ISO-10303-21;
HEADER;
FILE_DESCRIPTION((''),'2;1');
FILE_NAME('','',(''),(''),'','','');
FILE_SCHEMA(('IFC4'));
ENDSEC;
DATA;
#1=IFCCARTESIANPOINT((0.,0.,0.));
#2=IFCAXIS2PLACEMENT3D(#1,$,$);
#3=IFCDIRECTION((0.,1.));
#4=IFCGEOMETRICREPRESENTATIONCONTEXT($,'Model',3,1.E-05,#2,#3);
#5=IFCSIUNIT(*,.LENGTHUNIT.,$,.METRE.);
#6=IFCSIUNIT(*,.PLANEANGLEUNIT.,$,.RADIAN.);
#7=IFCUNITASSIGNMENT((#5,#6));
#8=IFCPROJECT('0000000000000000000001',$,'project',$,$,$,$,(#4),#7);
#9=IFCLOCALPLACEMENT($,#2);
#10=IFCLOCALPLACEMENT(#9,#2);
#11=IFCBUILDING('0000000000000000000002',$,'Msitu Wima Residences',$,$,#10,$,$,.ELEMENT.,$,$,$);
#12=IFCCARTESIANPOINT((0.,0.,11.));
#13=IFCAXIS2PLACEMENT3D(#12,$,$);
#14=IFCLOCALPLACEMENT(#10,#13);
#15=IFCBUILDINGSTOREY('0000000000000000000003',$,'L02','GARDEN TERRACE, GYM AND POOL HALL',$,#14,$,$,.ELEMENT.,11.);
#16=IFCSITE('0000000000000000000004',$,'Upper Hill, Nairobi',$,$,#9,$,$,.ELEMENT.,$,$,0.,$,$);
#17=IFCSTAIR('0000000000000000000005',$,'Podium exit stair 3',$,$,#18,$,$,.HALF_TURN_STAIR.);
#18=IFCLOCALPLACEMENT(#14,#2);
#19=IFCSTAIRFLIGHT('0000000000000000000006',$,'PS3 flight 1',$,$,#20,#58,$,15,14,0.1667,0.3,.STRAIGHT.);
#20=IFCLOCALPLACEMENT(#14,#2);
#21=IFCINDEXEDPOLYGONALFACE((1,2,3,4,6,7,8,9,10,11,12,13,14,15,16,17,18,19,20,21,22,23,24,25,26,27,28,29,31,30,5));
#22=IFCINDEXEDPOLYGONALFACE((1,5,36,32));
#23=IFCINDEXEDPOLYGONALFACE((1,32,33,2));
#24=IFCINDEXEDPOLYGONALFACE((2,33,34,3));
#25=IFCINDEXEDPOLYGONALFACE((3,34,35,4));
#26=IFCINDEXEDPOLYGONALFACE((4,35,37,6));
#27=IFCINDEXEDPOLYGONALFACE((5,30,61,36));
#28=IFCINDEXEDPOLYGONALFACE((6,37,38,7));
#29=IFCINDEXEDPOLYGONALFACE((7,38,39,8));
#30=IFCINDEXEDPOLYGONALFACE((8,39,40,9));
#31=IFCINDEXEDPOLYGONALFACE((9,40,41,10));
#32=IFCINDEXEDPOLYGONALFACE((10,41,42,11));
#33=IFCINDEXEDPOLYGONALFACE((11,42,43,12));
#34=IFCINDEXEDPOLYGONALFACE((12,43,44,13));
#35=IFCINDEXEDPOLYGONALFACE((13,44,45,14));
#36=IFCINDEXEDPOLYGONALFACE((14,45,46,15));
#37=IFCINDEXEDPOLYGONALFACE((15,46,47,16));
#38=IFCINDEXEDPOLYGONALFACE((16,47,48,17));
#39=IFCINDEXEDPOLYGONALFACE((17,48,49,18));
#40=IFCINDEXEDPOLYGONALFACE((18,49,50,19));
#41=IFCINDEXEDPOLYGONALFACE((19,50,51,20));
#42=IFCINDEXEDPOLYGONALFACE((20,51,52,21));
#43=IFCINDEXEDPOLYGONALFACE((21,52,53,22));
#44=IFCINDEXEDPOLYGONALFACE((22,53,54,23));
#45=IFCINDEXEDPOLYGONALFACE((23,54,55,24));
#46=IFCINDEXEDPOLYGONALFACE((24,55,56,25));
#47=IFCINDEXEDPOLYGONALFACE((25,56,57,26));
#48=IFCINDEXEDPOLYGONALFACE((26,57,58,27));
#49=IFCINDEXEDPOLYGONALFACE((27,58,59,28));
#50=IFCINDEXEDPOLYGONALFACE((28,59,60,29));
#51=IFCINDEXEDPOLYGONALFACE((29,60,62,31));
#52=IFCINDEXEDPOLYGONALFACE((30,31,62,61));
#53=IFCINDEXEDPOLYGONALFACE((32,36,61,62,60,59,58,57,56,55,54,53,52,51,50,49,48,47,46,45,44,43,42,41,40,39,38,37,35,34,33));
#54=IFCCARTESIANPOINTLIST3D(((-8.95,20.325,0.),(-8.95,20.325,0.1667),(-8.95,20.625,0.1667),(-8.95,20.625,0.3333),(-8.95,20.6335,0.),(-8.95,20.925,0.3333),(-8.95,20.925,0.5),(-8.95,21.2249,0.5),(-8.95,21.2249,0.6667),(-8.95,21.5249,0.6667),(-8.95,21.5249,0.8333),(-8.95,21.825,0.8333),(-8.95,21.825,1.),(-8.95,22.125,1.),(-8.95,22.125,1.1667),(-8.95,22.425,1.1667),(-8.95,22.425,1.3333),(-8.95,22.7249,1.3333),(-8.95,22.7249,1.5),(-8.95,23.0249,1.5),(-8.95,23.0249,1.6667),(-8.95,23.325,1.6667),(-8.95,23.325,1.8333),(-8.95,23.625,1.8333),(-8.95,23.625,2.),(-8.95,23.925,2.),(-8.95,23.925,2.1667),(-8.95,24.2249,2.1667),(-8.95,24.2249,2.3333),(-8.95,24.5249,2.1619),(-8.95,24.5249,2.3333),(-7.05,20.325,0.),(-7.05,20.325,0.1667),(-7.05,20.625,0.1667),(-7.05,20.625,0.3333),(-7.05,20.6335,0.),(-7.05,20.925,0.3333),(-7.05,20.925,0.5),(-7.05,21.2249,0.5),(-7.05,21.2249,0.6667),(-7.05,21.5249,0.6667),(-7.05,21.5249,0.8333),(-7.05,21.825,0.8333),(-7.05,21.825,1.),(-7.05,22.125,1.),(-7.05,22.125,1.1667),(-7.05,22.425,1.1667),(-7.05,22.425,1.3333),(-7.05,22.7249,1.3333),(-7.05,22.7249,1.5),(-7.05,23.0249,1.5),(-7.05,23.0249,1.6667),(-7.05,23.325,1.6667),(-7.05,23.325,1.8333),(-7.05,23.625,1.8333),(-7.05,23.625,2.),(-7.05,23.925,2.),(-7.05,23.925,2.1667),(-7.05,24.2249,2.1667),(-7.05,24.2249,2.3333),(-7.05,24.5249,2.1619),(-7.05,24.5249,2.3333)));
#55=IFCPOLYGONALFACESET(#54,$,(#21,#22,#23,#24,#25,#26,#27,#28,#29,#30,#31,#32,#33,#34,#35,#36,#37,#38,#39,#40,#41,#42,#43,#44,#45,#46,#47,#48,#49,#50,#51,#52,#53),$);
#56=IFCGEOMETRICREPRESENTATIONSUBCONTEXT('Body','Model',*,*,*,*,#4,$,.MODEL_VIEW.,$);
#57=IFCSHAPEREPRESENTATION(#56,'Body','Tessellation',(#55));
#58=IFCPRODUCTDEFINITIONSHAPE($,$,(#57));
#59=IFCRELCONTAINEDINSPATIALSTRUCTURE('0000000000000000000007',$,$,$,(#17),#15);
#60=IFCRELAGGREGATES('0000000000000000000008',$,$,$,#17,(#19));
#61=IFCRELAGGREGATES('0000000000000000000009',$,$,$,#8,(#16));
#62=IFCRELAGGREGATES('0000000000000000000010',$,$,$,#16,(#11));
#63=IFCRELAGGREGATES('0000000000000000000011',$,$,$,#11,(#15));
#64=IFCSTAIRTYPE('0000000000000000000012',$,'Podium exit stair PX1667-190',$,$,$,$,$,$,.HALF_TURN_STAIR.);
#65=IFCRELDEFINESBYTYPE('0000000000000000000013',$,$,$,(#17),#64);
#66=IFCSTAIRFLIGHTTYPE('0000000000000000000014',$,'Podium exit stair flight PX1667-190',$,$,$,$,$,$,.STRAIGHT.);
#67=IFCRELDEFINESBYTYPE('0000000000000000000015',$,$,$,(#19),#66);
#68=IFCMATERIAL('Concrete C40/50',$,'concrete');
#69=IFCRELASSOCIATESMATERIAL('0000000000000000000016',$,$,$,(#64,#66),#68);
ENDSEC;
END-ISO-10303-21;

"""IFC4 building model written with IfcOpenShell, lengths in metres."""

from ifc_helpers import new_model, si_unit, direction, frame, origin, place, context, subcontext, project, spatial, polyline, outline, extrude, material, type_object, element, aggregate, save


model = new_model("IFC4")

# Units and contexts
model_context = context("Model", 3, precision=1e-05, world=origin(), true_north=direction((0.0, 1.0)))
body_context = subcontext(model_context, "Body", "Model", "MODEL_VIEW")
ifc_project = project(units=[si_unit("LENGTHUNIT", "METRE"), si_unit("PLANEANGLEUNIT", "RADIAN")], contexts=[model_context])

# Site, building, storey
site_placement = place(None, origin())
site = spatial("IfcSite", under=ifc_project, at=site_placement, Name="Upper Hill, Nairobi", CompositionType="ELEMENT", RefElevation=0.0)
building_placement = place(site_placement, origin())
building = spatial("IfcBuilding", under=site, at=building_placement, Name="Msitu Wima Residences", CompositionType="ELEMENT")
storey_placement = place(building_placement, frame((0.0, 0.0, 11.0)))
storey = spatial("IfcBuildingStorey", under=building, at=storey_placement, Name="L02", Description="GARDEN TERRACE, GYM AND POOL HALL", CompositionType="ELEMENT", Elevation=11.0)

# Shared definitions
ifc_material_1 = material(Name="Concrete C40/50", Category="concrete")

# Stair, stair flight
stair_type = type_object("IfcStairType", Name="Podium exit stair PX1667-190", PredefinedType="HALF_TURN_STAIR", material=ifc_material_1)
stair_placement = place(storey_placement, origin())
stair = element("IfcStair", 1, at=stair_placement, inside=storey, type_object=stair_type, Name="Podium exit stair 3", PredefinedType="HALF_TURN_STAIR")
stair_flight_type = type_object("IfcStairFlightType", Name="Podium exit stair flight PX1667-190", PredefinedType="STRAIGHT", material=ifc_material_1)
stair_flight_placement = place(storey_placement, frame((-8.0, 20.325, 0.0), z_axis=(0.0, 0.0, 1.0), x_axis=(0.0, 1.0, 0.0)))
stair_flight = element("IfcStairFlight", 2, at=stair_flight_placement, type_object=stair_flight_type, Name="PS3 flight 1", NumberOfRisers=15, NumberOfTreads=14, PredefinedType="STRAIGHT", RiserHeight=0.1667, TreadLength=0.3, context=body_context, shape_type="SweptSolid", body=[
    extrude(outline(polyline([(0.0, 0.0), (0.0, 0.1667), (0.3, 0.1667), (0.3, 0.3333), (0.6001, 0.3333), (0.6001, 0.5), (0.8999, 0.5), (0.8999, 0.6667), (1.2, 0.6667), (1.2, 0.8333), (1.5, 0.8333), (1.5, 1.0), (1.8, 1.0), (1.8, 1.1667), (2.1001, 1.1667), (2.1001, 1.3333), (2.3999, 1.3333), (2.3999, 1.5), (2.7, 1.5), (2.7, 1.6667), (3.0, 1.6667), (3.0, 1.8333), (3.3, 1.8333), (3.3, 2.0), (3.6001, 2.0), (3.6001, 2.1667), (3.8999, 2.1667), (3.8999, 2.3333), (4.2, 2.3333), (4.2, 2.5), (4.2, 2.1619), (0.3086, 0.0), (0.0, 0.0)])), frame((0.0, 0.95, 0.0), z_axis=(0.0, -1.0, 0.0), x_axis=(1.0, 0.0, 0.0)), (0.0, 0.0, 1.0), 1.8999),
])
aggregate(stair, [stair_flight])

save(model, "model.ifc")
